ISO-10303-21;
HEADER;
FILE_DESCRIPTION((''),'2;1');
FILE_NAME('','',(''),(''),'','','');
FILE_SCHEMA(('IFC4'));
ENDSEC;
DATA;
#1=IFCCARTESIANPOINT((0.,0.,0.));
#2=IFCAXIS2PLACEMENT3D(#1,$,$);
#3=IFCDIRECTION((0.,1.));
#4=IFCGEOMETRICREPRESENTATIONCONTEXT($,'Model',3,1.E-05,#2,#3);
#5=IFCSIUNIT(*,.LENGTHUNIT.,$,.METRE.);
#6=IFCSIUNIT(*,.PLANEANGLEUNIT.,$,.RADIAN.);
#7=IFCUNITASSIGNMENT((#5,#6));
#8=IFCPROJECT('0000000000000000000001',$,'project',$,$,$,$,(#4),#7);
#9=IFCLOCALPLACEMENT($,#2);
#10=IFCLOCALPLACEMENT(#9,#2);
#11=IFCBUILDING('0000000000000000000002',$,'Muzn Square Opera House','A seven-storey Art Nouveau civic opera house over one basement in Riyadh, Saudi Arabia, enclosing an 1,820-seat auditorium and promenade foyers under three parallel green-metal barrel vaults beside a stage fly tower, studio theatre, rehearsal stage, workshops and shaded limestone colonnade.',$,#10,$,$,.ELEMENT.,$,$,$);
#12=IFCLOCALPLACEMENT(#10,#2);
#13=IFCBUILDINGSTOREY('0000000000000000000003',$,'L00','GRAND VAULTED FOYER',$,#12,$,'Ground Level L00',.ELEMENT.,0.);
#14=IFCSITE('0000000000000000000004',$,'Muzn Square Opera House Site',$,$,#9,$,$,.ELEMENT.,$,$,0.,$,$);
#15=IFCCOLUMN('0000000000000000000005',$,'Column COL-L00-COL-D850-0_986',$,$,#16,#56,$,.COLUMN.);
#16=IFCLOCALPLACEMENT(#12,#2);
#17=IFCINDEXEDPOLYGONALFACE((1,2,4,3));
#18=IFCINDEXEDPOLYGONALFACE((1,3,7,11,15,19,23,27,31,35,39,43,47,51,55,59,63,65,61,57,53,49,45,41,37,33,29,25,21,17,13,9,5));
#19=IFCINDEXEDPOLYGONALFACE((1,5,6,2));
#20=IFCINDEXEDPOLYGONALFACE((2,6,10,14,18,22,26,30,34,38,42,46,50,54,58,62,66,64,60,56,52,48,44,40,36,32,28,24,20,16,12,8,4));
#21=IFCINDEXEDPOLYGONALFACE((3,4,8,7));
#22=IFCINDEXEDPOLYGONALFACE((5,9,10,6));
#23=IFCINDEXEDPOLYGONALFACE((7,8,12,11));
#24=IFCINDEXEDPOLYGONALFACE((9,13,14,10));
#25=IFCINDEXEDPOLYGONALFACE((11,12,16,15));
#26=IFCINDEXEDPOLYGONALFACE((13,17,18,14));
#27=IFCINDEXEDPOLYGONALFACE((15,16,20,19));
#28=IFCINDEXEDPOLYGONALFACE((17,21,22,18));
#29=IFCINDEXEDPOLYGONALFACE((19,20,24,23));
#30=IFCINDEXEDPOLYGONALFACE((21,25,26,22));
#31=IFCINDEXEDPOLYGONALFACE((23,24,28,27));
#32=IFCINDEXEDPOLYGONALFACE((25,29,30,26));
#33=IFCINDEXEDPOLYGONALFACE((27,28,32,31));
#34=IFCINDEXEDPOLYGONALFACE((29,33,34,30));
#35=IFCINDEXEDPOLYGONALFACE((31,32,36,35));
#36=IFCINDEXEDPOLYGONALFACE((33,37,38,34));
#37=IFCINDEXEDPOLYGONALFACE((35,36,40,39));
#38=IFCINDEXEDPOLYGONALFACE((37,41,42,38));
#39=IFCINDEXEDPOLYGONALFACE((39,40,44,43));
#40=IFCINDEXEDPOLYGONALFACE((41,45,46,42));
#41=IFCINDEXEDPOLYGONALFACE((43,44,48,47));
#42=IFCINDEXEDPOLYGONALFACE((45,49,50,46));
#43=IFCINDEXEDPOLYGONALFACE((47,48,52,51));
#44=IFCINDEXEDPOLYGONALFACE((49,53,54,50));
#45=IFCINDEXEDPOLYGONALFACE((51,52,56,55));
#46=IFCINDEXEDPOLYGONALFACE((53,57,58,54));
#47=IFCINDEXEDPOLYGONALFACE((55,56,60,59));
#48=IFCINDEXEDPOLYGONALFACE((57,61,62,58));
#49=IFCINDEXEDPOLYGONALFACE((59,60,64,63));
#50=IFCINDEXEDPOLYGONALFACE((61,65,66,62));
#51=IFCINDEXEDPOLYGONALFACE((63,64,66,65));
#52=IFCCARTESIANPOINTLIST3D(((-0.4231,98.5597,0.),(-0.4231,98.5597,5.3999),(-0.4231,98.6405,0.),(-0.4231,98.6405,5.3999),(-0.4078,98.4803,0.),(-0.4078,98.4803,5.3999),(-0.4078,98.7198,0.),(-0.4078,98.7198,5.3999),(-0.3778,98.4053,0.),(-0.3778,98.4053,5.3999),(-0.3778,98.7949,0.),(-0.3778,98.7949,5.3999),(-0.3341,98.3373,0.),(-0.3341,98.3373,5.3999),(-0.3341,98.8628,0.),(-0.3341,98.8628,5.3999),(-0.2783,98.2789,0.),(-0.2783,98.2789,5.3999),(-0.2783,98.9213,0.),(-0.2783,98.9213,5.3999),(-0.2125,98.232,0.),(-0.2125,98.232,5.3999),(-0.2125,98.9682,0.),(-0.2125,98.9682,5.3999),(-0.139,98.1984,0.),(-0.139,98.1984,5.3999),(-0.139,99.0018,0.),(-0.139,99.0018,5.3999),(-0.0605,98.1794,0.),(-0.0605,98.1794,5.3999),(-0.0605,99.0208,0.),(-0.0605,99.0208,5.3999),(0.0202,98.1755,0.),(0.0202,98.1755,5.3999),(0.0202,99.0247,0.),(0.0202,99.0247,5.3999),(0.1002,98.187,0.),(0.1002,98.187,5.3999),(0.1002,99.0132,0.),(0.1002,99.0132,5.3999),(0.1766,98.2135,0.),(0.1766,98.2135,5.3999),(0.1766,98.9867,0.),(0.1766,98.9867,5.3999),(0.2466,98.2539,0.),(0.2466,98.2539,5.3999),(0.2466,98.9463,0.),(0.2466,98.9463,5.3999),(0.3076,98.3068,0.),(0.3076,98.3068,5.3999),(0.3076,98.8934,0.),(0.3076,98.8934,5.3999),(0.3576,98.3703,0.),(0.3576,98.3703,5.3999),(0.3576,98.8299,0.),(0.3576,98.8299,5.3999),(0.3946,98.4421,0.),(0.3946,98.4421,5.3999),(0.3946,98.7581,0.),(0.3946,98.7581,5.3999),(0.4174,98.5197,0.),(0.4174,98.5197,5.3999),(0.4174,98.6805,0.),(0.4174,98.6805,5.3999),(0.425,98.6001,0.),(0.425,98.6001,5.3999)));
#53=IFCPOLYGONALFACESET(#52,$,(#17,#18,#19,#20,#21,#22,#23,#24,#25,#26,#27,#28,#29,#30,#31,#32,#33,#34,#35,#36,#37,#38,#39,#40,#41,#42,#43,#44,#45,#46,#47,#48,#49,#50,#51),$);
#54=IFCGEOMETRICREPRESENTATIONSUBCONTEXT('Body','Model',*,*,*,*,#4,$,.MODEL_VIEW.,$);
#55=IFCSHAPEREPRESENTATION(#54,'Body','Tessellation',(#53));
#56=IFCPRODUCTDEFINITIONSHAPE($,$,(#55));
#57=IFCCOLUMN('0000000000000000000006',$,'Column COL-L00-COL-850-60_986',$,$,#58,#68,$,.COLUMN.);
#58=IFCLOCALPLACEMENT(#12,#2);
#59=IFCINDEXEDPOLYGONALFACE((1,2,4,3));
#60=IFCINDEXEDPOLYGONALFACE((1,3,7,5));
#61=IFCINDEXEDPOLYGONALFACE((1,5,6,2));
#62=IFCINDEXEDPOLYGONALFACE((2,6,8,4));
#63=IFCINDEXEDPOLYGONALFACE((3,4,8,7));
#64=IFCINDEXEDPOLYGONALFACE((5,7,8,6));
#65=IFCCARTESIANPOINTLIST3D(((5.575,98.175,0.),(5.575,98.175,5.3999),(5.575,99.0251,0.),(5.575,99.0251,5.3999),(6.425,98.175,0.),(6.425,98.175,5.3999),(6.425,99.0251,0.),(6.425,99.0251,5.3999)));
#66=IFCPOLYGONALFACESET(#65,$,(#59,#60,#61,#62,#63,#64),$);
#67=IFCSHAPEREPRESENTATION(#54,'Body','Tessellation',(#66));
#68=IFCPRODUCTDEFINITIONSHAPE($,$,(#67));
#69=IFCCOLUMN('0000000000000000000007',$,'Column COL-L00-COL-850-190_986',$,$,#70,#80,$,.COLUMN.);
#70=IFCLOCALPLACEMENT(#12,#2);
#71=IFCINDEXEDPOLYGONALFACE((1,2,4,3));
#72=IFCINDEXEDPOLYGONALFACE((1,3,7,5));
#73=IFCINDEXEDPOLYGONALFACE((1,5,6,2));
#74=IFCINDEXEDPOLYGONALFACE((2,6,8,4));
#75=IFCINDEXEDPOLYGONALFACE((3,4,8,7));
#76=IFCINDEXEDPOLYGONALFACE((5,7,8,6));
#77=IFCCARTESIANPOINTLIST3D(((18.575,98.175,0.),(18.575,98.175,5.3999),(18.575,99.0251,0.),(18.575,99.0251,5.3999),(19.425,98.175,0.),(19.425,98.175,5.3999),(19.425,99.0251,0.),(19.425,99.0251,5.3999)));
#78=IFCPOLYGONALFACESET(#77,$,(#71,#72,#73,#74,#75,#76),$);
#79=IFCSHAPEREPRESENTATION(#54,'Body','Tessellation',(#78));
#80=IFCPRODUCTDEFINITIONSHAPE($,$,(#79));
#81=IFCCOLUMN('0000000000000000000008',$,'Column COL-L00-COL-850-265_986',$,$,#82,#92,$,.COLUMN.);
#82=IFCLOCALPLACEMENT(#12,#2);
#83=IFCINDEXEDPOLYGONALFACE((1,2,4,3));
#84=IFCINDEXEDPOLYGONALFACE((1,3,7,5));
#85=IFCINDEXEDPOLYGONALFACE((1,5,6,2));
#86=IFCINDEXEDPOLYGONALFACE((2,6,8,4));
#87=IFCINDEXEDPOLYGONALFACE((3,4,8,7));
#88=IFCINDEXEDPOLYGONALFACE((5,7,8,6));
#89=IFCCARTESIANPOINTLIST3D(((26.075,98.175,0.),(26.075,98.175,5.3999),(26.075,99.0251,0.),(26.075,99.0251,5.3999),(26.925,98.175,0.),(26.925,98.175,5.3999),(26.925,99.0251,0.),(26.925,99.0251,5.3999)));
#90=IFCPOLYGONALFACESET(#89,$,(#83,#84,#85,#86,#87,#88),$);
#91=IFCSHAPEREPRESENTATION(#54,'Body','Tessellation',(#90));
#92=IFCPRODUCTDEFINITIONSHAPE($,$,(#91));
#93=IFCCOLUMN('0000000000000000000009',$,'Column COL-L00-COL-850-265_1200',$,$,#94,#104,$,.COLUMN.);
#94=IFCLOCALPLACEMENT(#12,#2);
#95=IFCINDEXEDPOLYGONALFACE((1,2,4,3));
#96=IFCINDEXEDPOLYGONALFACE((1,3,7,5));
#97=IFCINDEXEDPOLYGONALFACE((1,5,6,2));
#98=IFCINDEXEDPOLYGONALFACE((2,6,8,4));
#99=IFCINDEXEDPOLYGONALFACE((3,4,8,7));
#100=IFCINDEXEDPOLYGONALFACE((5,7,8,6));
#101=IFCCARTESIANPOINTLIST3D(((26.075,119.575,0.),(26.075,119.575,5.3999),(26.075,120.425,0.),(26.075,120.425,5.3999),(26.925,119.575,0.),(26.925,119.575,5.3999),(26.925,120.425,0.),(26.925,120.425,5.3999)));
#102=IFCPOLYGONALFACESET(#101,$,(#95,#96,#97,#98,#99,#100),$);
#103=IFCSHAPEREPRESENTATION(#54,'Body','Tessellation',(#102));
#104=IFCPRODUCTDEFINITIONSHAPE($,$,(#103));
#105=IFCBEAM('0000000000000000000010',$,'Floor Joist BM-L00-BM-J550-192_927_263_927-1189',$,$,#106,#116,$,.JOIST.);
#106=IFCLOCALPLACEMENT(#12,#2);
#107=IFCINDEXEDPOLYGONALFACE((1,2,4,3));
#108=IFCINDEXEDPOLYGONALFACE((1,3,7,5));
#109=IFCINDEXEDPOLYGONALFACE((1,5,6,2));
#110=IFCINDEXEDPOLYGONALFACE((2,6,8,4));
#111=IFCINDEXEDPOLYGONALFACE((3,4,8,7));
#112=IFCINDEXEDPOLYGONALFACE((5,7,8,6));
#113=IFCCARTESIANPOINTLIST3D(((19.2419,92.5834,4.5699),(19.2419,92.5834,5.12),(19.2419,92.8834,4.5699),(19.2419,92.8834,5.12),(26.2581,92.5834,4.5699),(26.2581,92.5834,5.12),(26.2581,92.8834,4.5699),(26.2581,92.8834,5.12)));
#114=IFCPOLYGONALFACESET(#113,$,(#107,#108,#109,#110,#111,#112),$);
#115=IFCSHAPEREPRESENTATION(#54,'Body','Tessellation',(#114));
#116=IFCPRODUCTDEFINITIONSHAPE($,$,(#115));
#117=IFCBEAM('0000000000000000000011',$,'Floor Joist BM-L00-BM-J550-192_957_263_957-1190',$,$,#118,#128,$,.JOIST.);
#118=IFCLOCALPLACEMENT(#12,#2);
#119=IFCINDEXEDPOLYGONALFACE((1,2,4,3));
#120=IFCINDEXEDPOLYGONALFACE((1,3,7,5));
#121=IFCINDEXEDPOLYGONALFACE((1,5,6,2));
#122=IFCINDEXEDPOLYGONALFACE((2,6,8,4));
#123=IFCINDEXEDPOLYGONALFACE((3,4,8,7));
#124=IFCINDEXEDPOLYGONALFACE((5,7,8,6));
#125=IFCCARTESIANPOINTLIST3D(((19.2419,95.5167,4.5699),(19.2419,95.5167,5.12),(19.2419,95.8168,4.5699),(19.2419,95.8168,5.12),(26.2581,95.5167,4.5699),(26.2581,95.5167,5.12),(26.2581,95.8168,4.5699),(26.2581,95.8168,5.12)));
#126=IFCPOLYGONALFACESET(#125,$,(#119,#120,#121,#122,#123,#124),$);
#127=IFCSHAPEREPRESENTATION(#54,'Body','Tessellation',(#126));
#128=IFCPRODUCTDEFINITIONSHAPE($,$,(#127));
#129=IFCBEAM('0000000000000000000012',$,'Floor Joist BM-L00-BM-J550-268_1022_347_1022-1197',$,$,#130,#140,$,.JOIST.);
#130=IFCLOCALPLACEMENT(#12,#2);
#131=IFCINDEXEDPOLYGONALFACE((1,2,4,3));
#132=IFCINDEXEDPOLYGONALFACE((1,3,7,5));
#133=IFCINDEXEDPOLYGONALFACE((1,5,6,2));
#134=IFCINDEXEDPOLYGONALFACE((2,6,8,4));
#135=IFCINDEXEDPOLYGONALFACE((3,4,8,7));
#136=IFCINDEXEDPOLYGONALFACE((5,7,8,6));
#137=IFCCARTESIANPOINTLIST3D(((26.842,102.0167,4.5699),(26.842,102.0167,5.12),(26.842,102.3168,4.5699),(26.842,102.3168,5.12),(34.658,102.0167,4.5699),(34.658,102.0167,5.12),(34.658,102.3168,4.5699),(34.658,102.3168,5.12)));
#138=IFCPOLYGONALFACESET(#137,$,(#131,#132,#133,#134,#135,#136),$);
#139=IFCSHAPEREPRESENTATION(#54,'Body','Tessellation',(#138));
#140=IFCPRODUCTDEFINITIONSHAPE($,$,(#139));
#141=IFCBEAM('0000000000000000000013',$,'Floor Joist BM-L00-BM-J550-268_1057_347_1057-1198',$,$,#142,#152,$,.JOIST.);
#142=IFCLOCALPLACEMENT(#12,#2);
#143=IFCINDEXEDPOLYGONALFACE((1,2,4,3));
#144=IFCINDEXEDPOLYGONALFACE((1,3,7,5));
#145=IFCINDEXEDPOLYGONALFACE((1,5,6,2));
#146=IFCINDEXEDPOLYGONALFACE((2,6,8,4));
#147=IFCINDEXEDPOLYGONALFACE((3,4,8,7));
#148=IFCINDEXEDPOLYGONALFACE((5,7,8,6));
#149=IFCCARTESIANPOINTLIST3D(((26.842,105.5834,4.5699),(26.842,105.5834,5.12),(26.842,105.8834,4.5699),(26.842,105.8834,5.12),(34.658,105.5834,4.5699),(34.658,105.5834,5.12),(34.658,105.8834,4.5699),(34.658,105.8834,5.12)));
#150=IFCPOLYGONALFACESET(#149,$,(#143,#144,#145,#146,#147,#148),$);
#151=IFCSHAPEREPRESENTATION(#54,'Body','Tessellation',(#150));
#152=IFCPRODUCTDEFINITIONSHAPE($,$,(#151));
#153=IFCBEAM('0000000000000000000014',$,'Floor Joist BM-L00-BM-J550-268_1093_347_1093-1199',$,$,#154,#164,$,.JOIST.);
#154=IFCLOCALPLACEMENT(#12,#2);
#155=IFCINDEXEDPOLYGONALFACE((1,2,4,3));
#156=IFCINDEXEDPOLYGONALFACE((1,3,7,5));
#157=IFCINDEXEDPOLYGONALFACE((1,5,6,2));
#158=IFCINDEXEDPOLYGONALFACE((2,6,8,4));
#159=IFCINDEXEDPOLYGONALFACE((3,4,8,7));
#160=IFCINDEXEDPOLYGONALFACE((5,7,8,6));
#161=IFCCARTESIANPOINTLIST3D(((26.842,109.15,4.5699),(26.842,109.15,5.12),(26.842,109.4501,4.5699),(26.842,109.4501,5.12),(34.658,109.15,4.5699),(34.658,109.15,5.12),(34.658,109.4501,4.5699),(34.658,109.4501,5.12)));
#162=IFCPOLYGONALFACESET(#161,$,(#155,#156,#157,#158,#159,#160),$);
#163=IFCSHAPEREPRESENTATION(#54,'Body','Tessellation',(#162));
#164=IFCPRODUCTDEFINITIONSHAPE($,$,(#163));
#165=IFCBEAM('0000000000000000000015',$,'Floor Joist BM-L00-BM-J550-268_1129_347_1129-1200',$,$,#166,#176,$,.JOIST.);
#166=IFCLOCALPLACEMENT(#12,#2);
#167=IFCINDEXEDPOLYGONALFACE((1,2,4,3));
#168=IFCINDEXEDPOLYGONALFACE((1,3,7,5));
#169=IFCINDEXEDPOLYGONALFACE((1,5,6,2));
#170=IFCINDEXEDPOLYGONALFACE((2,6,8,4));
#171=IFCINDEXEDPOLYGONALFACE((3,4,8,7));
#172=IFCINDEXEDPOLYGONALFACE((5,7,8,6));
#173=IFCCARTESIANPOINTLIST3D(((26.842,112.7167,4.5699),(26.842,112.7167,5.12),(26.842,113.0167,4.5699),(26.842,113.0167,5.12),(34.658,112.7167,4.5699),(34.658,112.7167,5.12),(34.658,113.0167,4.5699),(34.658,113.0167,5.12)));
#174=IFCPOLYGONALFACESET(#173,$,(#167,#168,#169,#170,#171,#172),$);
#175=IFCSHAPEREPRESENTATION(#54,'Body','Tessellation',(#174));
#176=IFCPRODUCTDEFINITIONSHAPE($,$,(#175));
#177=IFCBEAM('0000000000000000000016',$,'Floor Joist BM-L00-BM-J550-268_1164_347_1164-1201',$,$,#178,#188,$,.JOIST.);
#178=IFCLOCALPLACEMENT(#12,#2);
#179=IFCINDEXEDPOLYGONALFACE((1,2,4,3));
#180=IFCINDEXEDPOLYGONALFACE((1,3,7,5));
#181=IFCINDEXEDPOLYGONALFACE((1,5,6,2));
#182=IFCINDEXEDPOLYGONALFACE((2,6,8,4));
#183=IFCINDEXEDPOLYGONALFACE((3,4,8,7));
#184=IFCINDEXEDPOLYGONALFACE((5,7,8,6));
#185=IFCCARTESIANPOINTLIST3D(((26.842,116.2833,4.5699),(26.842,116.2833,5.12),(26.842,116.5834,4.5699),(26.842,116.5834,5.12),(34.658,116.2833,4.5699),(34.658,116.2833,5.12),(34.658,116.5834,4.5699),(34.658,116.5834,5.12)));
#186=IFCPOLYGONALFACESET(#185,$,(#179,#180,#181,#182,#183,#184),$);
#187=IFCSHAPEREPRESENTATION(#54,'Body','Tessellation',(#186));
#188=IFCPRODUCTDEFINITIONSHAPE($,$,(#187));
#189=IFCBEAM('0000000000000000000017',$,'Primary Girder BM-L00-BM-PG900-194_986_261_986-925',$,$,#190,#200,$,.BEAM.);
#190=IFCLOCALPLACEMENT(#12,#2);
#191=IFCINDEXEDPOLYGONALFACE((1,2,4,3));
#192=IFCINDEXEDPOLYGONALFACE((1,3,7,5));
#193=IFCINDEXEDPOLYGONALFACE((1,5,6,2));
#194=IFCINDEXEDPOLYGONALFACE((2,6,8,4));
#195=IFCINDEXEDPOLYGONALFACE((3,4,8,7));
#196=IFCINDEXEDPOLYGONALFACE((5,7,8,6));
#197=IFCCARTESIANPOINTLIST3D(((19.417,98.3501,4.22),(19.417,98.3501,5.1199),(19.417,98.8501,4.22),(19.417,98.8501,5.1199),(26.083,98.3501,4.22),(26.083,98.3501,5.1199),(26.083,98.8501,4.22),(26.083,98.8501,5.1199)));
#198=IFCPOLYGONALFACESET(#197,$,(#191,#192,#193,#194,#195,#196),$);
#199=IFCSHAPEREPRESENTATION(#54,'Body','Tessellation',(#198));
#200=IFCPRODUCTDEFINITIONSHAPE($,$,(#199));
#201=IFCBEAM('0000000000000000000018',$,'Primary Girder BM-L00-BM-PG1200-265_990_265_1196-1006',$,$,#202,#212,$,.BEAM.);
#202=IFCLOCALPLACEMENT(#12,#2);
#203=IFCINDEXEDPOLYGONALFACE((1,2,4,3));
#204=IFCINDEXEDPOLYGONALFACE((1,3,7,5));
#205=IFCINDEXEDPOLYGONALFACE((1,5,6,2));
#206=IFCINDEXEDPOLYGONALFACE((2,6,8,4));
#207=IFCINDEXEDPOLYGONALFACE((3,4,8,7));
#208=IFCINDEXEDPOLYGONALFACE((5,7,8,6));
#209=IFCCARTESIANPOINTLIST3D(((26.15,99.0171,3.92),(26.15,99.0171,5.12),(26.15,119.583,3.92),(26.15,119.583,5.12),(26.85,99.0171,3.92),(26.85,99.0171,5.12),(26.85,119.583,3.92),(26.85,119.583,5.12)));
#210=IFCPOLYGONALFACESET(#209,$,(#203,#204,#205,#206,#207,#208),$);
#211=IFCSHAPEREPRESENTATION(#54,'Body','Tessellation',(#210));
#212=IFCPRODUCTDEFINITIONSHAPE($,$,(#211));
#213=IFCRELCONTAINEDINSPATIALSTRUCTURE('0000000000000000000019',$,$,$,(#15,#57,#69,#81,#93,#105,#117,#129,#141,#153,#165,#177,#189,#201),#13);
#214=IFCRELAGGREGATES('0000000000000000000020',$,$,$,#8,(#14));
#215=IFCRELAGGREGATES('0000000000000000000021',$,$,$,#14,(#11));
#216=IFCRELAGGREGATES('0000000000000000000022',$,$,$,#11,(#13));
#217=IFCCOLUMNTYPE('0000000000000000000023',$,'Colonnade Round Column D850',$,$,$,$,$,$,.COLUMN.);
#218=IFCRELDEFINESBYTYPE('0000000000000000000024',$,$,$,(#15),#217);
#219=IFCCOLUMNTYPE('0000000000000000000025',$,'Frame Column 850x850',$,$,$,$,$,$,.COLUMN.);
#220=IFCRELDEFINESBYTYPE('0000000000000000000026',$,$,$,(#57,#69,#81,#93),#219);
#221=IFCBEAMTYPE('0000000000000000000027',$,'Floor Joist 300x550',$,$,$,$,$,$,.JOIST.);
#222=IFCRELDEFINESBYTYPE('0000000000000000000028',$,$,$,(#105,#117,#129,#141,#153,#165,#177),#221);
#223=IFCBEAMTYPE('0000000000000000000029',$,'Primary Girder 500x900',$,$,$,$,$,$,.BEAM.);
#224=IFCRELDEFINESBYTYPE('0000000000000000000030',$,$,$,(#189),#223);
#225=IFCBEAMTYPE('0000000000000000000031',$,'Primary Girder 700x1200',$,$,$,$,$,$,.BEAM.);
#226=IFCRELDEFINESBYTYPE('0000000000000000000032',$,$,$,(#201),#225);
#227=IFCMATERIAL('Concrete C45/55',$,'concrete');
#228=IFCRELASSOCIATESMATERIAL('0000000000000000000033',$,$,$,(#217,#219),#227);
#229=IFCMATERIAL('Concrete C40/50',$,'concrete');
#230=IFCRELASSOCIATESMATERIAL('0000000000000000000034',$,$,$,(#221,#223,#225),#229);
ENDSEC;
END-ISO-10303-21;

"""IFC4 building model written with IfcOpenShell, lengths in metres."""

from ifc_helpers import new_model, si_unit, direction, frame, origin, origin_2d, place, context, subcontext, project, spatial, rectangle, circle, extrude, material, material_profile, profile_set, type_object, element, save


model = new_model("IFC4")

# Units and contexts
model_context = context("Model", 3, precision=1e-05, world=origin(), true_north=direction((0.0, 1.0)))
body_context = subcontext(model_context, "Body", "Model", "MODEL_VIEW")
ifc_project = project(units=[si_unit("LENGTHUNIT", "METRE"), si_unit("PLANEANGLEUNIT", "RADIAN")], contexts=[model_context])

# Site, building, storey
site_placement = place(None, origin())
site = spatial("IfcSite", under=ifc_project, at=site_placement, Name="Muzn Square Opera House Site", CompositionType="ELEMENT", RefElevation=0.0)
building_placement = place(site_placement, origin())
building = spatial("IfcBuilding", under=site, at=building_placement, Name="Muzn Square Opera House", Description="A seven-storey Art Nouveau civic opera house over one basement in Riyadh, Saudi Arabia, enclosing an 1,820-seat auditorium and promenade foyers under three parallel green-metal barrel vaults beside a stage fly tower, studio theatre, rehearsal stage, workshops and shaded limestone colonnade.", CompositionType="ELEMENT")
storey_placement = place(building_placement, origin())
storey = spatial("IfcBuildingStorey", under=building, at=storey_placement, Name="L00", Description="GRAND VAULTED FOYER", LongName="Ground Level L00", CompositionType="ELEMENT", Elevation=0.0)

# Columns
ifc_material_1 = material(Name="Concrete C45/55", Category="concrete")
ifc_material_profile_1 = material_profile(ifc_material_1, circle(Radius=0.425, at=origin_2d()), Name="RCC D850", Category="concrete")
ifc_profile_set_1 = profile_set([ifc_material_profile_1], Name="Concrete C45/55")
column_type_1 = type_object("IfcColumnType", Name="Colonnade Round Column D850", PredefinedType="COLUMN", material=ifc_profile_set_1)
column_placement = place(storey_placement, frame((0.0, 98.6001, 0.0), z_axis=(0.0, 0.0, 1.0), x_axis=(1.0, 0.0, 0.0)))
element("IfcColumn", 1, at=column_placement, inside=storey, type_object=column_type_1, Name="Column COL-L00-COL-D850-0_986", PredefinedType="COLUMN", context=body_context, shape_type="SweptSolid", body=[
    extrude(circle(Radius=0.425, at=origin_2d()), origin(), (0.0, 0.0, 1.0), 5.3999),
])
ifc_material_profile_2 = material_profile(ifc_material_1, rectangle(XDim=0.8501, YDim=0.8501, at=origin_2d()), Name="RC 850x850", Category="concrete")
ifc_profile_set_2 = profile_set([ifc_material_profile_2], Name="Concrete C45/55")
column_type_2 = type_object("IfcColumnType", Name="Frame Column 850x850", PredefinedType="COLUMN", material=ifc_profile_set_2)
for number, where, z_axis, x_axis, name in (
    (2, (6.0, 98.6001, 0.0), (0.0, 0.0, 1.0), (1.0, 0.0, 0.0), "Column COL-L00-COL-850-60_986"),
    (3, (19.0, 98.6001, 0.0), (0.0, 0.0, 1.0), (1.0, 0.0, 0.0), "Column COL-L00-COL-850-190_986"),
    (4, (26.5, 98.6001, 0.0), (0.0, 0.0, 1.0), (1.0, 0.0, 0.0), "Column COL-L00-COL-850-265_986"),
    (5, (26.5, 120.0, 0.0), (0.0, 0.0, 1.0), (1.0, 0.0, 0.0), "Column COL-L00-COL-850-265_1200"),
):
    element("IfcColumn", number, at=place(storey_placement, frame(where, z_axis=z_axis, x_axis=x_axis)), inside=storey, type_object=column_type_2, Name=name, PredefinedType="COLUMN", context=body_context, shape_type="SweptSolid", body=[
        extrude(rectangle(XDim=0.8501, YDim=0.8501, at=origin_2d()), origin(), (0.0, 0.0, 1.0), 5.3999),
    ])

# Beams
ifc_material_2 = material(Name="Concrete C40/50", Category="concrete")
ifc_material_profile_3 = material_profile(ifc_material_2, rectangle(XDim=0.3, YDim=0.55, at=origin_2d()), Name="RCJ 300x550", Category="concrete")
ifc_profile_set_3 = profile_set([ifc_material_profile_3], Name="Concrete C40/50")
beam_type_1 = type_object("IfcBeamType", Name="Floor Joist 300x550", PredefinedType="JOIST", material=ifc_profile_set_3)
for number, where, z_axis, x_axis, name in (
    (6, (19.2419, 92.7334, 4.845), (1.0, 0.0, 0.0), (0.0, 1.0, 0.0), "Floor Joist BM-L00-BM-J550-192_927_263_927-1189"),
    (7, (19.2419, 95.6667, 4.845), (1.0, 0.0, 0.0), (0.0, 1.0, 0.0), "Floor Joist BM-L00-BM-J550-192_957_263_957-1190"),
):
    element("IfcBeam", number, at=place(storey_placement, frame(where, z_axis=z_axis, x_axis=x_axis)), inside=storey, type_object=beam_type_1, Name=name, PredefinedType="JOIST", context=body_context, shape_type="SweptSolid", body=[
        extrude(rectangle(XDim=0.3, YDim=0.55, at=origin_2d()), origin(), (0.0, 0.0, 1.0), 7.0161),
    ])
for number, where, z_axis, x_axis, name in (
    (8, (26.842, 102.1667, 4.845), (1.0, 0.0, 0.0), (0.0, 1.0, 0.0), "Floor Joist BM-L00-BM-J550-268_1022_347_1022-1197"),
    (9, (26.842, 105.7334, 4.845), (1.0, 0.0, 0.0), (0.0, 1.0, 0.0), "Floor Joist BM-L00-BM-J550-268_1057_347_1057-1198"),
    (10, (26.842, 109.3, 4.845), (1.0, 0.0, 0.0), (0.0, 1.0, 0.0), "Floor Joist BM-L00-BM-J550-268_1093_347_1093-1199"),
    (11, (26.842, 112.8667, 4.845), (1.0, 0.0, 0.0), (0.0, 1.0, 0.0), "Floor Joist BM-L00-BM-J550-268_1129_347_1129-1200"),
    (12, (26.842, 116.4333, 4.845), (1.0, 0.0, 0.0), (0.0, 1.0, 0.0), "Floor Joist BM-L00-BM-J550-268_1164_347_1164-1201"),
):
    element("IfcBeam", number, at=place(storey_placement, frame(where, z_axis=z_axis, x_axis=x_axis)), inside=storey, type_object=beam_type_1, Name=name, PredefinedType="JOIST", context=body_context, shape_type="SweptSolid", body=[
        extrude(rectangle(XDim=0.3, YDim=0.55, at=origin_2d()), origin(), (0.0, 0.0, 1.0), 7.8159),
    ])
ifc_material_profile_4 = material_profile(ifc_material_2, rectangle(XDim=0.5, YDim=0.8999, at=origin_2d()), Name="RCB 500x900", Category="concrete")
ifc_profile_set_4 = profile_set([ifc_material_profile_4], Name="Concrete C40/50")
beam_type_2 = type_object("IfcBeamType", Name="Primary Girder 500x900", PredefinedType="BEAM", material=ifc_profile_set_4)
beam_1_placement = place(storey_placement, frame((19.417, 98.6001, 4.6699), z_axis=(1.0, 0.0, 0.0), x_axis=(0.0, 1.0, 0.0)))
element("IfcBeam", 13, at=beam_1_placement, inside=storey, type_object=beam_type_2, Name="Primary Girder BM-L00-BM-PG900-194_986_261_986-925", PredefinedType="BEAM", context=body_context, shape_type="SweptSolid", body=[
    extrude(rectangle(XDim=0.5, YDim=0.8999, at=origin_2d()), origin(), (0.0, 0.0, 1.0), 6.666),
])
ifc_material_profile_5 = material_profile(ifc_material_2, rectangle(XDim=0.7, YDim=1.2, at=origin_2d()), Name="RCB 700x1200", Category="concrete")
ifc_profile_set_5 = profile_set([ifc_material_profile_5], Name="Concrete C40/50")
beam_type_3 = type_object("IfcBeamType", Name="Primary Girder 700x1200", PredefinedType="BEAM", material=ifc_profile_set_5)
beam_2_placement = place(storey_placement, frame((26.5, 99.0171, 4.52), z_axis=(0.0, 1.0, 0.0), x_axis=(-1.0, 0.0, 0.0)))
element("IfcBeam", 14, at=beam_2_placement, inside=storey, type_object=beam_type_3, Name="Primary Girder BM-L00-BM-PG1200-265_990_265_1196-1006", PredefinedType="BEAM", context=body_context, shape_type="SweptSolid", body=[
    extrude(rectangle(XDim=0.7, YDim=1.2, at=origin_2d()), origin(), (0.0, 0.0, 1.0), 20.5659),
])

save(model, "model.ifc")
